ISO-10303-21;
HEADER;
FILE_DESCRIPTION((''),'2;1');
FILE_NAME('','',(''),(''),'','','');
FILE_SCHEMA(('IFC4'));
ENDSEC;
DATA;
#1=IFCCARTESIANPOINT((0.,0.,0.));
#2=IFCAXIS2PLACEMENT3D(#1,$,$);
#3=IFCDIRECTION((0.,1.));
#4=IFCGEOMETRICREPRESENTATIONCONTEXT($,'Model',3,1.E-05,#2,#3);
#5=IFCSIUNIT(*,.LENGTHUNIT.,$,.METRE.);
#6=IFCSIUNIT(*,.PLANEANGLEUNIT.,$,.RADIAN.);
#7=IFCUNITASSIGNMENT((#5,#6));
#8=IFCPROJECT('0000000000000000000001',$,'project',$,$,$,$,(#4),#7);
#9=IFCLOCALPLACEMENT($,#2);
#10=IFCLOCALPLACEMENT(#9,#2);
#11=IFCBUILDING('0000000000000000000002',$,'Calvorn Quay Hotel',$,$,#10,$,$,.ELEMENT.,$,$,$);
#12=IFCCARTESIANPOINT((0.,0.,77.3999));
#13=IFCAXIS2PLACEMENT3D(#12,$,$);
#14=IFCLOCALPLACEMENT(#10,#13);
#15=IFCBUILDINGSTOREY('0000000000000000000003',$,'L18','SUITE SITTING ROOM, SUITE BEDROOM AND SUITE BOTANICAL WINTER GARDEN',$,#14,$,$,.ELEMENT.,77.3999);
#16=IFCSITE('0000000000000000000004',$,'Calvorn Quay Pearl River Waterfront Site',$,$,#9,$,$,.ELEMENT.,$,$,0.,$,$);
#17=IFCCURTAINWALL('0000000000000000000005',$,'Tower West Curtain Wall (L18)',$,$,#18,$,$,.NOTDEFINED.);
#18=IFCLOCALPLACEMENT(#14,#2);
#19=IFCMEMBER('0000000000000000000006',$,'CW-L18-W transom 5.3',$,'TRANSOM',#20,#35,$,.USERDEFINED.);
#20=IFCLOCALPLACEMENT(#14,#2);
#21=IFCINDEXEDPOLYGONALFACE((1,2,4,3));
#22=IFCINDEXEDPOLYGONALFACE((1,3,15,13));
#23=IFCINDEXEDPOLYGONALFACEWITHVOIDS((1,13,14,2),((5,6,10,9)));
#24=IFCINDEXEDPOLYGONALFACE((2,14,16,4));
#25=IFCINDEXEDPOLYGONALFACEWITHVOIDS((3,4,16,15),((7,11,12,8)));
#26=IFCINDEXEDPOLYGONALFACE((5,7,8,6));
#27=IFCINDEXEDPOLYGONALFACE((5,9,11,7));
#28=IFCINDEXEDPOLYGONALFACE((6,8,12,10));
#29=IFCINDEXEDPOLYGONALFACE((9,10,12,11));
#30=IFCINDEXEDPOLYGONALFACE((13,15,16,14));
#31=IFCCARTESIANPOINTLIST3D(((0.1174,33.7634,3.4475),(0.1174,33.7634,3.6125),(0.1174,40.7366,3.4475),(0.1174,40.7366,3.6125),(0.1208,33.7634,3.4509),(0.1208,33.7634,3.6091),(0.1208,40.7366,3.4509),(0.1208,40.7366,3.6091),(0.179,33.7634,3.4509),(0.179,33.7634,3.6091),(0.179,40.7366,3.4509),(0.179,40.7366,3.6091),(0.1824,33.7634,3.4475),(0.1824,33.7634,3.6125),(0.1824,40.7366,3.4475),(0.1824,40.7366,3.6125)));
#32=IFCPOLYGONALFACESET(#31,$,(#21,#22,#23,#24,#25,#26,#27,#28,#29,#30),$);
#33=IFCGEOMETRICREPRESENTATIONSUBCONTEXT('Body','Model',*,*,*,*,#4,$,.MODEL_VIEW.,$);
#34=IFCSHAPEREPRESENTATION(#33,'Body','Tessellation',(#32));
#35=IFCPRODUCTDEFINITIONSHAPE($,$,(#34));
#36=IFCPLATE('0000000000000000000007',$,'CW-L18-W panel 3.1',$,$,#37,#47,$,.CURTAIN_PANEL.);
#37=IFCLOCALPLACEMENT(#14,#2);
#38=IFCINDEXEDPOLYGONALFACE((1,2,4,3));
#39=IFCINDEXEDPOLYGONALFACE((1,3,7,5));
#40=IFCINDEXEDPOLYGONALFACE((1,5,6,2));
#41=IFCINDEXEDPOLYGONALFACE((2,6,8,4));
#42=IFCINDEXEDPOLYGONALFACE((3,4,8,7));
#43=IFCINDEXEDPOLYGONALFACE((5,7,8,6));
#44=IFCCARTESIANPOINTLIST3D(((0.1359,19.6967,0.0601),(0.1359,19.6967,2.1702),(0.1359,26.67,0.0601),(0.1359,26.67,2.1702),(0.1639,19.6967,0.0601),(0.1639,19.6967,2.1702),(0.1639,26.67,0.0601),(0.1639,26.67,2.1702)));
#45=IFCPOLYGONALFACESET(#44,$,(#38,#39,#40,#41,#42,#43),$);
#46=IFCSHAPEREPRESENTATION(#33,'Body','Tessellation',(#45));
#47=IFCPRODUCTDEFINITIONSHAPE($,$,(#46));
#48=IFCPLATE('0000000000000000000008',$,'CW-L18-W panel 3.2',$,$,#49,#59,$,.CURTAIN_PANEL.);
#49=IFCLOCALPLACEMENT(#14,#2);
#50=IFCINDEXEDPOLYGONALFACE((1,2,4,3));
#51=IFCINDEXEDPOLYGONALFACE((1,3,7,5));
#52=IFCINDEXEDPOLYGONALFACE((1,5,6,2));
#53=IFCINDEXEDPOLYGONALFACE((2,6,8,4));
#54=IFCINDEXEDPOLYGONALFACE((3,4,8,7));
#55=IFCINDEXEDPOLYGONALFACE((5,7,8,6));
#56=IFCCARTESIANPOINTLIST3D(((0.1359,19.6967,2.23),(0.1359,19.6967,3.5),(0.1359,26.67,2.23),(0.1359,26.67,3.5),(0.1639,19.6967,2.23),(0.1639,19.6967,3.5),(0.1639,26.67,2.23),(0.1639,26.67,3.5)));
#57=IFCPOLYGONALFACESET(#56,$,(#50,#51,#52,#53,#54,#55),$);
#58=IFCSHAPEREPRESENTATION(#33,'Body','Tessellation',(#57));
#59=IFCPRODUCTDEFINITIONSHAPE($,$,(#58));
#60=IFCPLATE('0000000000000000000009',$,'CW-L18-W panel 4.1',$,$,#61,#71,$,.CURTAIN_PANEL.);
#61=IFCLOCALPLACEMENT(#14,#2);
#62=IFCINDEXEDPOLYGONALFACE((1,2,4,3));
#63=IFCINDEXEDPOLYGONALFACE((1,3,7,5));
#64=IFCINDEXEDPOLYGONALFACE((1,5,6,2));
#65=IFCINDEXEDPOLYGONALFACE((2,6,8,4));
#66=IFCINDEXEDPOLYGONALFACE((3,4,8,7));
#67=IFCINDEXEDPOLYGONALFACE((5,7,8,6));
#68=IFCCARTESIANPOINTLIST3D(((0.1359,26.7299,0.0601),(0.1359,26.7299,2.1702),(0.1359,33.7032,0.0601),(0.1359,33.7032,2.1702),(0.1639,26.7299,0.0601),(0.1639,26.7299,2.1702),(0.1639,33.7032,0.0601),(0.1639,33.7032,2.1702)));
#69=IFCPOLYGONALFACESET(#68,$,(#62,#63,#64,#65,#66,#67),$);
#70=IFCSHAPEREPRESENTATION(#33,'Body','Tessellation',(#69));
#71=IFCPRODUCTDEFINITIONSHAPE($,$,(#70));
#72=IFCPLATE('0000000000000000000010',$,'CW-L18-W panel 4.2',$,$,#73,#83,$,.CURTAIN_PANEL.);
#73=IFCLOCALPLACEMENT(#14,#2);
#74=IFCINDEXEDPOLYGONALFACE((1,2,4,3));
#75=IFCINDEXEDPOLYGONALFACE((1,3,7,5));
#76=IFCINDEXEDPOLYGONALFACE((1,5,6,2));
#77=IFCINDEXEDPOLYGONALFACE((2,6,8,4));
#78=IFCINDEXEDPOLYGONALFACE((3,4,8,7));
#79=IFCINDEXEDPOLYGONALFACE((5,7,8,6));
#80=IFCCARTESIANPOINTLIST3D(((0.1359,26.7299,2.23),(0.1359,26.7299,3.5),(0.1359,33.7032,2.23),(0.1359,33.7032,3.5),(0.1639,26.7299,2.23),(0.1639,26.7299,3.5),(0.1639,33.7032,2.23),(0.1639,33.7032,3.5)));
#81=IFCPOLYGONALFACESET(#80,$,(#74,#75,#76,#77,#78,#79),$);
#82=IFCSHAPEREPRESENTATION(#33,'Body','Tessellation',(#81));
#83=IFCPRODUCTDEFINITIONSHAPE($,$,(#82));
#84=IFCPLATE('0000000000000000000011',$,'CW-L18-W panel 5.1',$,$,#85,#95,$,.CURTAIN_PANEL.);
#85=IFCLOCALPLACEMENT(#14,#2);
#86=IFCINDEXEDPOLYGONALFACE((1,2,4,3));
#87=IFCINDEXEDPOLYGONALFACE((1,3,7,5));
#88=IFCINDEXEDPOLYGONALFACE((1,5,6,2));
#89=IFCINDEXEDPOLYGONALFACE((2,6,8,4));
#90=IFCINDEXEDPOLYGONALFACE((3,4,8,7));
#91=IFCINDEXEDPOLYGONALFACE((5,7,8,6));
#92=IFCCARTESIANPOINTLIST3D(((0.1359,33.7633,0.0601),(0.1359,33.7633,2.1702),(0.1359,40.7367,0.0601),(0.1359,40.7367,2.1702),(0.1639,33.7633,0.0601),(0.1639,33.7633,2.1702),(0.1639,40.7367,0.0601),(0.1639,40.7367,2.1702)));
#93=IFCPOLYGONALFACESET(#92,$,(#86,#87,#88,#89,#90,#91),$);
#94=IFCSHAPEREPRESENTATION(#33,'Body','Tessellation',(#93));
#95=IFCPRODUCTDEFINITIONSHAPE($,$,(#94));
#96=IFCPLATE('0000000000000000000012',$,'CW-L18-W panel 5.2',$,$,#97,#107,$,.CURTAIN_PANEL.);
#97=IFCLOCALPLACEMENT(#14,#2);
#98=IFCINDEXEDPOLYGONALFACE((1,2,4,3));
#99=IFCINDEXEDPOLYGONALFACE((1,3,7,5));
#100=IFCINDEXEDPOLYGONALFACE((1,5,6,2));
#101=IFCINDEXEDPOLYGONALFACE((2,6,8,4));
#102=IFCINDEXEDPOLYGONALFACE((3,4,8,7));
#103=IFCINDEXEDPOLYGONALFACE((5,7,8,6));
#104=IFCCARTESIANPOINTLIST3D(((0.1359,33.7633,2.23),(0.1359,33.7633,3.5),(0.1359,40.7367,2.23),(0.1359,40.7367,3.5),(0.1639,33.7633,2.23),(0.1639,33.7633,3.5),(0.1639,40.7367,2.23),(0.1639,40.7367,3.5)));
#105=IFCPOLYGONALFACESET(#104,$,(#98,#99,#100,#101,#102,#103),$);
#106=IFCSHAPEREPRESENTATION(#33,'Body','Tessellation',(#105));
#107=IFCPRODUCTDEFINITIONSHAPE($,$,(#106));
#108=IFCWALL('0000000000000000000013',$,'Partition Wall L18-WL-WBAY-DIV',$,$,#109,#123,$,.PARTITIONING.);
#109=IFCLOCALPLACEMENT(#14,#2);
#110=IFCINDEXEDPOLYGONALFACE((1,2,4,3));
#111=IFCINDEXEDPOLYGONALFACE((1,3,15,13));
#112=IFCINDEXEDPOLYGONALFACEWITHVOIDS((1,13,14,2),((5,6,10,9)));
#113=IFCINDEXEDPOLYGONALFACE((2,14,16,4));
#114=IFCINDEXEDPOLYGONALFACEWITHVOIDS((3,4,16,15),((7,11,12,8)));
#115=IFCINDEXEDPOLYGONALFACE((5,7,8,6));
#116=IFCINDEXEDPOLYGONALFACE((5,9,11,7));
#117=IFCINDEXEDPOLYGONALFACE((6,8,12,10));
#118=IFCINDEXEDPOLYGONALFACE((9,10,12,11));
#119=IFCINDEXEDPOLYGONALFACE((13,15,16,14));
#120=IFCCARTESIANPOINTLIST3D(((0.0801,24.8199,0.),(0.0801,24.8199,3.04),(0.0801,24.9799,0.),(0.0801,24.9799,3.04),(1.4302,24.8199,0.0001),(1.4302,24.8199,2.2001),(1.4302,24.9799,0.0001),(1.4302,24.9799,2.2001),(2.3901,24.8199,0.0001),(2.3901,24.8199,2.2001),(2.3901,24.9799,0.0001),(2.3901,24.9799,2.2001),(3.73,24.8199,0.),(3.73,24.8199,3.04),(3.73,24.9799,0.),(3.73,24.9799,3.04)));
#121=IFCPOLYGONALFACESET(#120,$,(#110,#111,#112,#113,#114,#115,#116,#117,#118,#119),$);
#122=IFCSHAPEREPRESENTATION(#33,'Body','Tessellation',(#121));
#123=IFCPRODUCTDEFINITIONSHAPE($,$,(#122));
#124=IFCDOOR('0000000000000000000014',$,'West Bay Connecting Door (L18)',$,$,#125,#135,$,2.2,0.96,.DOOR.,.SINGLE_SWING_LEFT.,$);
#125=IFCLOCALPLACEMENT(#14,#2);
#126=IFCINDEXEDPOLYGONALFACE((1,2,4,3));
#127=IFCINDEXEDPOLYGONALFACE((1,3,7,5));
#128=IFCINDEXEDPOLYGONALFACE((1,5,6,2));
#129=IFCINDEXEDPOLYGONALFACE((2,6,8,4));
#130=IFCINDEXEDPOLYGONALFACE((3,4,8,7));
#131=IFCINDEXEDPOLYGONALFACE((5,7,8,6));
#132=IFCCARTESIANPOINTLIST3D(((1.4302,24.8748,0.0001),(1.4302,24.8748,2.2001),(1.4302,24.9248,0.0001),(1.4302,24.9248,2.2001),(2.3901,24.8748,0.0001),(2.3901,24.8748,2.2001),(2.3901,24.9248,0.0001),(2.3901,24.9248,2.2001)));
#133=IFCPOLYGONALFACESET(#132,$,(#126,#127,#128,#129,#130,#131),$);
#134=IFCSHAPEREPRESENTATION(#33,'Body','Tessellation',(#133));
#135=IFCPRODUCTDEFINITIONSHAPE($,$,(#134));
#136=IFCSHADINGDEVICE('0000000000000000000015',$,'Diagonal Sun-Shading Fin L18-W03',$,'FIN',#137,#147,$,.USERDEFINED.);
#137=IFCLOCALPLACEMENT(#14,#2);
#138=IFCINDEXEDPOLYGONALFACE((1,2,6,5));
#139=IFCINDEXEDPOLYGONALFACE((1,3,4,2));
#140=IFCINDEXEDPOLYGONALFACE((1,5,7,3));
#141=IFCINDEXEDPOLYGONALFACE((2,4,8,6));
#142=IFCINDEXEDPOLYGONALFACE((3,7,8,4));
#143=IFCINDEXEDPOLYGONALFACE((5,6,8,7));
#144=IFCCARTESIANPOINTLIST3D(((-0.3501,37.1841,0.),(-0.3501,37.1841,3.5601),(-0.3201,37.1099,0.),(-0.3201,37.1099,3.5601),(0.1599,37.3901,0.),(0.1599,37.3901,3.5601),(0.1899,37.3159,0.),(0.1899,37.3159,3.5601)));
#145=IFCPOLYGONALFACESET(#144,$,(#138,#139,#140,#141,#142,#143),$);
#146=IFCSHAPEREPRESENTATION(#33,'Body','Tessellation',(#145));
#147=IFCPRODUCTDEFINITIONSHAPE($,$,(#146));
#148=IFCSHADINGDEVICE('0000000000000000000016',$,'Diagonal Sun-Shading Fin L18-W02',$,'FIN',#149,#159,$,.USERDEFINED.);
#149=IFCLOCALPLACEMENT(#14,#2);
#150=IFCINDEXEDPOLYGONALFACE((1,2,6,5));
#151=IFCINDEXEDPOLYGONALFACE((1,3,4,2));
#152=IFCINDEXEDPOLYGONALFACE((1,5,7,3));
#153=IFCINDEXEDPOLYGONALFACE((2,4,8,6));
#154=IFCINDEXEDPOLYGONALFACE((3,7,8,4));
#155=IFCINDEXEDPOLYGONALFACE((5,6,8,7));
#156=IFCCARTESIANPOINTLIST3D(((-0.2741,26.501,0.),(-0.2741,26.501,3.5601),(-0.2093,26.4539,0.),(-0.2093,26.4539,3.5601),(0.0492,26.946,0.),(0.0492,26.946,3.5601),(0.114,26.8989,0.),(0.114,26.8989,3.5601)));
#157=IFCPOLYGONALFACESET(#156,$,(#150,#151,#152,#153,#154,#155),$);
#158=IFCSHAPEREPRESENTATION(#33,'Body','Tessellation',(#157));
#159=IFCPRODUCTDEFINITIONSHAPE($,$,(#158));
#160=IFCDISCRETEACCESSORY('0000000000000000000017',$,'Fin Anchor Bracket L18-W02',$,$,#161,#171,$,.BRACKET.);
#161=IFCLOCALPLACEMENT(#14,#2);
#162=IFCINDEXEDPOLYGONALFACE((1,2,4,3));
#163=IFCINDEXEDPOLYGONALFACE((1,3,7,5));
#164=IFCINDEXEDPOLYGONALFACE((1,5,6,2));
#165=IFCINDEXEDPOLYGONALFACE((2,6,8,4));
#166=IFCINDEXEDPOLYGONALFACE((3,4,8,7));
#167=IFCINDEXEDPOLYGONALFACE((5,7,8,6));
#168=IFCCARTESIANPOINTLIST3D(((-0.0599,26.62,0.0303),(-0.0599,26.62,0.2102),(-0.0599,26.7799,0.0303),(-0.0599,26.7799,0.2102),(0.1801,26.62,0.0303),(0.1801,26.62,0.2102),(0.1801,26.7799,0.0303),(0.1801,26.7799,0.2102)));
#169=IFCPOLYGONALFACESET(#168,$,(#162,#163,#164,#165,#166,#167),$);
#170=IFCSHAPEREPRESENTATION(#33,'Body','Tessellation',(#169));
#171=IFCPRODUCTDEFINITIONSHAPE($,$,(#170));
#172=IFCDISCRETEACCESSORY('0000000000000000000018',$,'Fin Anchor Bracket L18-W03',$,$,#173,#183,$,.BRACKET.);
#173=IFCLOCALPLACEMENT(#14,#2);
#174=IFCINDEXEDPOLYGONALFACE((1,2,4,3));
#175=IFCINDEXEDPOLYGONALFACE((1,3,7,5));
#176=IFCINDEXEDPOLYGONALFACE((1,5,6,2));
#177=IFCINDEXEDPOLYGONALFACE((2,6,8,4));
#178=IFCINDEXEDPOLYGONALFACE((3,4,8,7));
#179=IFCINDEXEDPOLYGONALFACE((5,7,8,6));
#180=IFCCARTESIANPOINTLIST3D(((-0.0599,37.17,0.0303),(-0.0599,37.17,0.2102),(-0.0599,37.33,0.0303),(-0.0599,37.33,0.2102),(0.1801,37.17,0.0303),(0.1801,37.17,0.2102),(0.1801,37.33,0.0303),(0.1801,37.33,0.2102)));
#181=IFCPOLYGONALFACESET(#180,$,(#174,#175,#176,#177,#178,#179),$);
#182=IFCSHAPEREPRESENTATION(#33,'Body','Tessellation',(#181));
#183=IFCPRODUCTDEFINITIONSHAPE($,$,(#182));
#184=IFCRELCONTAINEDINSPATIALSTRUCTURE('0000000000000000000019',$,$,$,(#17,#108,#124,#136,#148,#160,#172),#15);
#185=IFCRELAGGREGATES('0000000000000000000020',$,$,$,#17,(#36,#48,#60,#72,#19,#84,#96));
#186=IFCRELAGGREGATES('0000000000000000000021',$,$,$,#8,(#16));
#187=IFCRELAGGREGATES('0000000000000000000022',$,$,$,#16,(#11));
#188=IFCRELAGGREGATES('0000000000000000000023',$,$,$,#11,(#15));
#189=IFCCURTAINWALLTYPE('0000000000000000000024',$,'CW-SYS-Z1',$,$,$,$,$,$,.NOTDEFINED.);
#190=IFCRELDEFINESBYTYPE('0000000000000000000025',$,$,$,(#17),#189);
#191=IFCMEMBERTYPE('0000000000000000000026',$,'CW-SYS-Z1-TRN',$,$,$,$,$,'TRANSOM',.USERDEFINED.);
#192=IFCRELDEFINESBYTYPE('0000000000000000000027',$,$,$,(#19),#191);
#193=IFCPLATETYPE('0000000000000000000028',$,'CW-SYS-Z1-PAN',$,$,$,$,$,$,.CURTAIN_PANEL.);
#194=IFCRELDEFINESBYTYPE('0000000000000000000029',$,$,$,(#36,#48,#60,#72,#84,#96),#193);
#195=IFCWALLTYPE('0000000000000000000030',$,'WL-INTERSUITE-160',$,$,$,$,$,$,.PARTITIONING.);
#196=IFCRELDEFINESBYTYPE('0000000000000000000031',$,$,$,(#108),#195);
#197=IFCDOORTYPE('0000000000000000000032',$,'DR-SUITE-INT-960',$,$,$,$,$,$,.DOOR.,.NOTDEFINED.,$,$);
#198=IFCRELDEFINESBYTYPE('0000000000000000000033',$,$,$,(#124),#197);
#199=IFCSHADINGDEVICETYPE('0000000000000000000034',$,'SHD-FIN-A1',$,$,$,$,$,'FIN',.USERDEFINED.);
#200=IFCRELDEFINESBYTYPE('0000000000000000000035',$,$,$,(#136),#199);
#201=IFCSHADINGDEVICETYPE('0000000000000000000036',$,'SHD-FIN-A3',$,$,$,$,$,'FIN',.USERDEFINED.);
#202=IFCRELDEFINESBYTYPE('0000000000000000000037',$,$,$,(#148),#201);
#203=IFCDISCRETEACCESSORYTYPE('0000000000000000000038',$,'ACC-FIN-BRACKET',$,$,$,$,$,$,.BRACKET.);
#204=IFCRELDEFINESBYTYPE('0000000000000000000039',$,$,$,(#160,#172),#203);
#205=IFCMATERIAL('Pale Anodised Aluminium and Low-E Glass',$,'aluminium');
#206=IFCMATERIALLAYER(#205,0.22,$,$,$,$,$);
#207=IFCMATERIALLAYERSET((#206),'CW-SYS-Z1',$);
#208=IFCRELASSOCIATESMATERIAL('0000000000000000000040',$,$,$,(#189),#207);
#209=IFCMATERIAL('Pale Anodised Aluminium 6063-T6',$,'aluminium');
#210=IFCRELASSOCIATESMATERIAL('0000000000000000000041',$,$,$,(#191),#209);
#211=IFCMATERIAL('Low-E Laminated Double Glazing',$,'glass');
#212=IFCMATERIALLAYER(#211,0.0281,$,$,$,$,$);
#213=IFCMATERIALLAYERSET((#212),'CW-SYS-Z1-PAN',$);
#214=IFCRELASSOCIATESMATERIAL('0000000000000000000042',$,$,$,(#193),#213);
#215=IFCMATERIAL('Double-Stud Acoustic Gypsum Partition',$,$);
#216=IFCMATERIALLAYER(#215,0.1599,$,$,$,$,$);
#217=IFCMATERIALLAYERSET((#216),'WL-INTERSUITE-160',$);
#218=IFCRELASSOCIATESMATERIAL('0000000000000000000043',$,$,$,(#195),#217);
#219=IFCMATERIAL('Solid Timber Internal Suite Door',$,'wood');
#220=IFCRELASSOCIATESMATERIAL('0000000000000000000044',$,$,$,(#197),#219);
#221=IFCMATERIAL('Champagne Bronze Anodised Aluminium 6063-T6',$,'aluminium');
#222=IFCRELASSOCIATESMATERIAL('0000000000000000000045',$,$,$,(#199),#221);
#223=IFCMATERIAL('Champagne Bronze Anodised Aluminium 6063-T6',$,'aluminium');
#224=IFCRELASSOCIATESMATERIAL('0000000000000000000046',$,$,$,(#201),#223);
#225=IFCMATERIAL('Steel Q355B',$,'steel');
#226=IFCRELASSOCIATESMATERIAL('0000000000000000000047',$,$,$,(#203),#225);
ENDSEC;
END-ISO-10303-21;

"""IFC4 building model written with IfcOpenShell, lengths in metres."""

from ifc_helpers import new_model, si_unit, direction, frame, frame_2d, origin, origin_2d, place, context, subcontext, project, spatial, rectangle, hollow_rectangle, extrude, material, layer, layer_set, material_profile, profile_set, type_object, element, fill, aggregate, save


model = new_model("IFC4")

# Units and contexts
model_context = context("Model", 3, precision=1e-05, world=origin(), true_north=direction((0.0, 1.0)))
body_context = subcontext(model_context, "Body", "Model", "MODEL_VIEW")
ifc_project = project(units=[si_unit("LENGTHUNIT", "METRE"), si_unit("PLANEANGLEUNIT", "RADIAN")], contexts=[model_context])

# Site, building, storey
site_placement = place(None, origin())
site = spatial("IfcSite", under=ifc_project, at=site_placement, Name="Calvorn Quay Pearl River Waterfront Site", CompositionType="ELEMENT", RefElevation=0.0)
building_placement = place(site_placement, origin())
building = spatial("IfcBuilding", under=site, at=building_placement, Name="Calvorn Quay Hotel", CompositionType="ELEMENT")
storey_placement = place(building_placement, frame((0.0, 0.0, 77.3999)))
storey = spatial("IfcBuildingStorey", under=building, at=storey_placement, Name="L18", Description="SUITE SITTING ROOM, SUITE BEDROOM AND SUITE BOTANICAL WINTER GARDEN", CompositionType="ELEMENT", Elevation=77.3999)

# Curtain wall, member, plates
ifc_material_1 = material(Name="Pale Anodised Aluminium and Low-E Glass", Category="aluminium")
ifc_layer_1 = layer(ifc_material_1, 0.22)
ifc_layer_set_1 = layer_set([ifc_layer_1], Name="CW-SYS-Z1")
curtain_wall_type = type_object("IfcCurtainWallType", Name="CW-SYS-Z1", PredefinedType="NOTDEFINED", material=ifc_layer_set_1)
curtain_wall_placement = place(storey_placement, origin())
curtain_wall = element("IfcCurtainWall", 1, at=curtain_wall_placement, inside=storey, type_object=curtain_wall_type, Name="Tower West Curtain Wall (L18)", PredefinedType="NOTDEFINED")
ifc_material_2 = material(Name="Pale Anodised Aluminium 6063-T6", Category="aluminium")
ifc_material_profile_1 = material_profile(ifc_material_2, hollow_rectangle(XDim=0.0649, YDim=0.165, WallThickness=0.0034, at=origin_2d()), Name="ALU-T165x65x3.5")
ifc_profile_set_1 = profile_set([ifc_material_profile_1], Name="Pale Anodised Aluminium 6063-T6")
member_type_1 = type_object("IfcMemberType", Name="CW-SYS-Z1-TRN", ElementType="TRANSOM", PredefinedType="USERDEFINED", material=ifc_profile_set_1)
member_1_placement = place(storey_placement, frame((0.1499, 33.7634, 3.53), z_axis=(0.0, 1.0, 0.0), x_axis=(-1.0, 0.0, 0.0)))
member_1 = element("IfcMember", 2, at=member_1_placement, type_object=member_type_1, Name="CW-L18-W transom 5.3", ObjectType="TRANSOM", PredefinedType="USERDEFINED", context=body_context, shape_type="SweptSolid", body=[
    extrude(hollow_rectangle(XDim=0.0649, YDim=0.165, WallThickness=0.0034, at=origin_2d()), origin(), (0.0, 0.0, 1.0), 6.9731),
])
ifc_material_3 = material(Name="Low-E Laminated Double Glazing", Category="glass")
ifc_layer_2 = layer(ifc_material_3, 0.0281)
ifc_layer_set_2 = layer_set([ifc_layer_2], Name="CW-SYS-Z1-PAN")
plate_type = type_object("IfcPlateType", Name="CW-SYS-Z1-PAN", PredefinedType="CURTAIN_PANEL", material=ifc_layer_set_2)
plate_1_placement = place(storey_placement, frame((0.1499, 23.1833, 0.0601), z_axis=(0.0, 0.0, 1.0), x_axis=(0.0, 1.0, 0.0)))
plate_1 = element("IfcPlate", 3, at=plate_1_placement, type_object=plate_type, Name="CW-L18-W panel 3.1", PredefinedType="CURTAIN_PANEL", context=body_context, shape_type="SweptSolid", body=[
    extrude(rectangle(XDim=6.9734, YDim=0.0281, at=origin_2d()), origin(), (0.0, 0.0, 1.0), 2.1101),
])
plate_2_placement = place(storey_placement, frame((0.1499, 23.1833, 2.23), z_axis=(0.0, 0.0, 1.0), x_axis=(0.0, 1.0, 0.0)))
plate_2 = element("IfcPlate", 4, at=plate_2_placement, type_object=plate_type, Name="CW-L18-W panel 3.2", PredefinedType="CURTAIN_PANEL", context=body_context, shape_type="SweptSolid", body=[
    extrude(rectangle(XDim=6.9734, YDim=0.0281, at=origin_2d()), origin(), (0.0, 0.0, 1.0), 1.27),
])
plate_3_placement = place(storey_placement, frame((0.1499, 30.2166, 0.0601), z_axis=(0.0, 0.0, 1.0), x_axis=(0.0, 1.0, 0.0)))
plate_3 = element("IfcPlate", 5, at=plate_3_placement, type_object=plate_type, Name="CW-L18-W panel 4.1", PredefinedType="CURTAIN_PANEL", context=body_context, shape_type="SweptSolid", body=[
    extrude(rectangle(XDim=6.9734, YDim=0.0281, at=origin_2d()), origin(), (0.0, 0.0, 1.0), 2.1101),
])
plate_4_placement = place(storey_placement, frame((0.1499, 30.2166, 2.23), z_axis=(0.0, 0.0, 1.0), x_axis=(0.0, 1.0, 0.0)))
plate_4 = element("IfcPlate", 6, at=plate_4_placement, type_object=plate_type, Name="CW-L18-W panel 4.2", PredefinedType="CURTAIN_PANEL", context=body_context, shape_type="SweptSolid", body=[
    extrude(rectangle(XDim=6.9734, YDim=0.0281, at=origin_2d()), origin(), (0.0, 0.0, 1.0), 1.27),
])
plate_5_placement = place(storey_placement, frame((0.1499, 37.25, 0.0601), z_axis=(0.0, 0.0, 1.0), x_axis=(0.0, 1.0, 0.0)))
plate_5 = element("IfcPlate", 7, at=plate_5_placement, type_object=plate_type, Name="CW-L18-W panel 5.1", PredefinedType="CURTAIN_PANEL", context=body_context, shape_type="SweptSolid", body=[
    extrude(rectangle(XDim=6.9734, YDim=0.0281, at=origin_2d()), origin(), (0.0, 0.0, 1.0), 2.1101),
])
plate_6_placement = place(storey_placement, frame((0.1499, 37.25, 2.23), z_axis=(0.0, 0.0, 1.0), x_axis=(0.0, 1.0, 0.0)))
plate_6 = element("IfcPlate", 8, at=plate_6_placement, type_object=plate_type, Name="CW-L18-W panel 5.2", PredefinedType="CURTAIN_PANEL", context=body_context, shape_type="SweptSolid", body=[
    extrude(rectangle(XDim=6.9734, YDim=0.0281, at=origin_2d()), origin(), (0.0, 0.0, 1.0), 1.27),
])
aggregate(curtain_wall, [plate_1, plate_2, plate_3, plate_4, member_1, plate_5, plate_6])

# Wall, opening, door
ifc_material_4 = material(Name="Double-Stud Acoustic Gypsum Partition")
ifc_layer_3 = layer(ifc_material_4, 0.1599)
ifc_layer_set_3 = layer_set([ifc_layer_3], Name="WL-INTERSUITE-160")
wall_type = type_object("IfcWallType", Name="WL-INTERSUITE-160", PredefinedType="PARTITIONING", material=ifc_layer_set_3)
wall_placement = place(storey_placement, frame((0.0801, 24.8999, 0.0), z_axis=(0.0, 0.0, 1.0), x_axis=(1.0, 0.0, 0.0)))
wall = element("IfcWall", 9, at=wall_placement, inside=storey, type_object=wall_type, Name="Partition Wall L18-WL-WBAY-DIV", PredefinedType="PARTITIONING", context=body_context, shape_type="SweptSolid", body=[
    extrude(rectangle(XDim=3.6499, YDim=0.1599, at=frame_2d((1.825, 0.0))), origin(), (0.0, 0.0, 1.0), 3.04),
])
opening_placement = place(wall_placement, frame((1.3501, 0.0, 0.0)))
opening = element("IfcOpeningElement", 10, at=opening_placement, cuts=wall, PredefinedType="OPENING", context=body_context, shape_type="SweptSolid", body=[
    extrude(rectangle(XDim=0.96, YDim=2.2, at=frame_2d((0.48, 1.1001))), frame((0.0, 0.0898, 0.0), z_axis=(0.0, -1.0, 0.0), x_axis=(1.0, 0.0, 0.0)), (0.0, 0.0, 1.0), 0.1799),
])
ifc_material_5 = material(Name="Solid Timber Internal Suite Door", Category="wood")
door_type = type_object("IfcDoorType", Name="DR-SUITE-INT-960", OperationType="NOTDEFINED", PredefinedType="DOOR", material=ifc_material_5)
door_placement = place(opening_placement, origin())
door = element("IfcDoor", 11, at=door_placement, inside=storey, type_object=door_type, Name="West Bay Connecting Door (L18)", OperationType="SINGLE_SWING_LEFT", OverallHeight=2.2, OverallWidth=0.96, PredefinedType="DOOR", context=body_context, shape_type="SweptSolid", body=[
    extrude(rectangle(XDim=0.96, YDim=2.2, at=frame_2d((0.48, 1.1001))), frame((0.0, 0.0249, 0.0), z_axis=(0.0, -1.0, 0.0), x_axis=(1.0, 0.0, 0.0)), (0.0, 0.0, 1.0), 0.05),
])
fill(opening, door)

# Shading devices
ifc_material_6 = material(Name="Champagne Bronze Anodised Aluminium 6063-T6", Category="aluminium")
shading_device_type_1 = type_object("IfcShadingDeviceType", Name="SHD-FIN-A1", ElementType="FIN", PredefinedType="USERDEFINED", material=ifc_material_6)
shading_device_1_placement = place(storey_placement, frame((-0.0801, 37.25, 0.0), z_axis=(0.0, 0.0, 1.0), x_axis=(0.927184, 0.374607, 0.0)))
element("IfcShadingDevice", 12, at=shading_device_1_placement, inside=storey, type_object=shading_device_type_1, Name="Diagonal Sun-Shading Fin L18-W03", ObjectType="FIN", PredefinedType="USERDEFINED", context=body_context, shape_type="SweptSolid", body=[
    extrude(rectangle(XDim=0.55, YDim=0.0801, at=origin_2d()), origin(), (0.0, 0.0, 1.0), 3.5601),
])
ifc_material_7 = material(Name="Champagne Bronze Anodised Aluminium 6063-T6", Category="aluminium")
shading_device_type_2 = type_object("IfcShadingDeviceType", Name="SHD-FIN-A3", ElementType="FIN", PredefinedType="USERDEFINED", material=ifc_material_7)
shading_device_2_placement = place(storey_placement, frame((-0.0801, 26.7, 0.0), z_axis=(0.0, 0.0, 1.0), x_axis=(0.587785, 0.809017, 0.0)))
element("IfcShadingDevice", 13, at=shading_device_2_placement, inside=storey, type_object=shading_device_type_2, Name="Diagonal Sun-Shading Fin L18-W02", ObjectType="FIN", PredefinedType="USERDEFINED", context=body_context, shape_type="SweptSolid", body=[
    extrude(rectangle(XDim=0.55, YDim=0.0801, at=origin_2d()), origin(), (0.0, 0.0, 1.0), 3.5601),
])

# Discrete accessories
ifc_material_8 = material(Name="Steel Q355B", Category="steel")
discrete_accessory_type = type_object("IfcDiscreteAccessoryType", Name="ACC-FIN-BRACKET", PredefinedType="BRACKET", material=ifc_material_8)
for number, where, z_axis, x_axis, name in (
    (14, (0.0601, 26.7, 0.0303), (0.0, 0.0, 1.0), (1.0, 0.0, 0.0), "Fin Anchor Bracket L18-W02"),
    (15, (0.0601, 37.25, 0.0303), (0.0, 0.0, 1.0), (1.0, 0.0, 0.0), "Fin Anchor Bracket L18-W03"),
):
    element("IfcDiscreteAccessory", number, at=place(storey_placement, frame(where, z_axis=z_axis, x_axis=x_axis)), inside=storey, type_object=discrete_accessory_type, Name=name, PredefinedType="BRACKET", context=body_context, shape_type="SweptSolid", body=[
        extrude(rectangle(XDim=0.24, YDim=0.1599, at=origin_2d()), origin(), (0.0, 0.0, 1.0), 0.1799),
    ])

save(model, "model.ifc")
